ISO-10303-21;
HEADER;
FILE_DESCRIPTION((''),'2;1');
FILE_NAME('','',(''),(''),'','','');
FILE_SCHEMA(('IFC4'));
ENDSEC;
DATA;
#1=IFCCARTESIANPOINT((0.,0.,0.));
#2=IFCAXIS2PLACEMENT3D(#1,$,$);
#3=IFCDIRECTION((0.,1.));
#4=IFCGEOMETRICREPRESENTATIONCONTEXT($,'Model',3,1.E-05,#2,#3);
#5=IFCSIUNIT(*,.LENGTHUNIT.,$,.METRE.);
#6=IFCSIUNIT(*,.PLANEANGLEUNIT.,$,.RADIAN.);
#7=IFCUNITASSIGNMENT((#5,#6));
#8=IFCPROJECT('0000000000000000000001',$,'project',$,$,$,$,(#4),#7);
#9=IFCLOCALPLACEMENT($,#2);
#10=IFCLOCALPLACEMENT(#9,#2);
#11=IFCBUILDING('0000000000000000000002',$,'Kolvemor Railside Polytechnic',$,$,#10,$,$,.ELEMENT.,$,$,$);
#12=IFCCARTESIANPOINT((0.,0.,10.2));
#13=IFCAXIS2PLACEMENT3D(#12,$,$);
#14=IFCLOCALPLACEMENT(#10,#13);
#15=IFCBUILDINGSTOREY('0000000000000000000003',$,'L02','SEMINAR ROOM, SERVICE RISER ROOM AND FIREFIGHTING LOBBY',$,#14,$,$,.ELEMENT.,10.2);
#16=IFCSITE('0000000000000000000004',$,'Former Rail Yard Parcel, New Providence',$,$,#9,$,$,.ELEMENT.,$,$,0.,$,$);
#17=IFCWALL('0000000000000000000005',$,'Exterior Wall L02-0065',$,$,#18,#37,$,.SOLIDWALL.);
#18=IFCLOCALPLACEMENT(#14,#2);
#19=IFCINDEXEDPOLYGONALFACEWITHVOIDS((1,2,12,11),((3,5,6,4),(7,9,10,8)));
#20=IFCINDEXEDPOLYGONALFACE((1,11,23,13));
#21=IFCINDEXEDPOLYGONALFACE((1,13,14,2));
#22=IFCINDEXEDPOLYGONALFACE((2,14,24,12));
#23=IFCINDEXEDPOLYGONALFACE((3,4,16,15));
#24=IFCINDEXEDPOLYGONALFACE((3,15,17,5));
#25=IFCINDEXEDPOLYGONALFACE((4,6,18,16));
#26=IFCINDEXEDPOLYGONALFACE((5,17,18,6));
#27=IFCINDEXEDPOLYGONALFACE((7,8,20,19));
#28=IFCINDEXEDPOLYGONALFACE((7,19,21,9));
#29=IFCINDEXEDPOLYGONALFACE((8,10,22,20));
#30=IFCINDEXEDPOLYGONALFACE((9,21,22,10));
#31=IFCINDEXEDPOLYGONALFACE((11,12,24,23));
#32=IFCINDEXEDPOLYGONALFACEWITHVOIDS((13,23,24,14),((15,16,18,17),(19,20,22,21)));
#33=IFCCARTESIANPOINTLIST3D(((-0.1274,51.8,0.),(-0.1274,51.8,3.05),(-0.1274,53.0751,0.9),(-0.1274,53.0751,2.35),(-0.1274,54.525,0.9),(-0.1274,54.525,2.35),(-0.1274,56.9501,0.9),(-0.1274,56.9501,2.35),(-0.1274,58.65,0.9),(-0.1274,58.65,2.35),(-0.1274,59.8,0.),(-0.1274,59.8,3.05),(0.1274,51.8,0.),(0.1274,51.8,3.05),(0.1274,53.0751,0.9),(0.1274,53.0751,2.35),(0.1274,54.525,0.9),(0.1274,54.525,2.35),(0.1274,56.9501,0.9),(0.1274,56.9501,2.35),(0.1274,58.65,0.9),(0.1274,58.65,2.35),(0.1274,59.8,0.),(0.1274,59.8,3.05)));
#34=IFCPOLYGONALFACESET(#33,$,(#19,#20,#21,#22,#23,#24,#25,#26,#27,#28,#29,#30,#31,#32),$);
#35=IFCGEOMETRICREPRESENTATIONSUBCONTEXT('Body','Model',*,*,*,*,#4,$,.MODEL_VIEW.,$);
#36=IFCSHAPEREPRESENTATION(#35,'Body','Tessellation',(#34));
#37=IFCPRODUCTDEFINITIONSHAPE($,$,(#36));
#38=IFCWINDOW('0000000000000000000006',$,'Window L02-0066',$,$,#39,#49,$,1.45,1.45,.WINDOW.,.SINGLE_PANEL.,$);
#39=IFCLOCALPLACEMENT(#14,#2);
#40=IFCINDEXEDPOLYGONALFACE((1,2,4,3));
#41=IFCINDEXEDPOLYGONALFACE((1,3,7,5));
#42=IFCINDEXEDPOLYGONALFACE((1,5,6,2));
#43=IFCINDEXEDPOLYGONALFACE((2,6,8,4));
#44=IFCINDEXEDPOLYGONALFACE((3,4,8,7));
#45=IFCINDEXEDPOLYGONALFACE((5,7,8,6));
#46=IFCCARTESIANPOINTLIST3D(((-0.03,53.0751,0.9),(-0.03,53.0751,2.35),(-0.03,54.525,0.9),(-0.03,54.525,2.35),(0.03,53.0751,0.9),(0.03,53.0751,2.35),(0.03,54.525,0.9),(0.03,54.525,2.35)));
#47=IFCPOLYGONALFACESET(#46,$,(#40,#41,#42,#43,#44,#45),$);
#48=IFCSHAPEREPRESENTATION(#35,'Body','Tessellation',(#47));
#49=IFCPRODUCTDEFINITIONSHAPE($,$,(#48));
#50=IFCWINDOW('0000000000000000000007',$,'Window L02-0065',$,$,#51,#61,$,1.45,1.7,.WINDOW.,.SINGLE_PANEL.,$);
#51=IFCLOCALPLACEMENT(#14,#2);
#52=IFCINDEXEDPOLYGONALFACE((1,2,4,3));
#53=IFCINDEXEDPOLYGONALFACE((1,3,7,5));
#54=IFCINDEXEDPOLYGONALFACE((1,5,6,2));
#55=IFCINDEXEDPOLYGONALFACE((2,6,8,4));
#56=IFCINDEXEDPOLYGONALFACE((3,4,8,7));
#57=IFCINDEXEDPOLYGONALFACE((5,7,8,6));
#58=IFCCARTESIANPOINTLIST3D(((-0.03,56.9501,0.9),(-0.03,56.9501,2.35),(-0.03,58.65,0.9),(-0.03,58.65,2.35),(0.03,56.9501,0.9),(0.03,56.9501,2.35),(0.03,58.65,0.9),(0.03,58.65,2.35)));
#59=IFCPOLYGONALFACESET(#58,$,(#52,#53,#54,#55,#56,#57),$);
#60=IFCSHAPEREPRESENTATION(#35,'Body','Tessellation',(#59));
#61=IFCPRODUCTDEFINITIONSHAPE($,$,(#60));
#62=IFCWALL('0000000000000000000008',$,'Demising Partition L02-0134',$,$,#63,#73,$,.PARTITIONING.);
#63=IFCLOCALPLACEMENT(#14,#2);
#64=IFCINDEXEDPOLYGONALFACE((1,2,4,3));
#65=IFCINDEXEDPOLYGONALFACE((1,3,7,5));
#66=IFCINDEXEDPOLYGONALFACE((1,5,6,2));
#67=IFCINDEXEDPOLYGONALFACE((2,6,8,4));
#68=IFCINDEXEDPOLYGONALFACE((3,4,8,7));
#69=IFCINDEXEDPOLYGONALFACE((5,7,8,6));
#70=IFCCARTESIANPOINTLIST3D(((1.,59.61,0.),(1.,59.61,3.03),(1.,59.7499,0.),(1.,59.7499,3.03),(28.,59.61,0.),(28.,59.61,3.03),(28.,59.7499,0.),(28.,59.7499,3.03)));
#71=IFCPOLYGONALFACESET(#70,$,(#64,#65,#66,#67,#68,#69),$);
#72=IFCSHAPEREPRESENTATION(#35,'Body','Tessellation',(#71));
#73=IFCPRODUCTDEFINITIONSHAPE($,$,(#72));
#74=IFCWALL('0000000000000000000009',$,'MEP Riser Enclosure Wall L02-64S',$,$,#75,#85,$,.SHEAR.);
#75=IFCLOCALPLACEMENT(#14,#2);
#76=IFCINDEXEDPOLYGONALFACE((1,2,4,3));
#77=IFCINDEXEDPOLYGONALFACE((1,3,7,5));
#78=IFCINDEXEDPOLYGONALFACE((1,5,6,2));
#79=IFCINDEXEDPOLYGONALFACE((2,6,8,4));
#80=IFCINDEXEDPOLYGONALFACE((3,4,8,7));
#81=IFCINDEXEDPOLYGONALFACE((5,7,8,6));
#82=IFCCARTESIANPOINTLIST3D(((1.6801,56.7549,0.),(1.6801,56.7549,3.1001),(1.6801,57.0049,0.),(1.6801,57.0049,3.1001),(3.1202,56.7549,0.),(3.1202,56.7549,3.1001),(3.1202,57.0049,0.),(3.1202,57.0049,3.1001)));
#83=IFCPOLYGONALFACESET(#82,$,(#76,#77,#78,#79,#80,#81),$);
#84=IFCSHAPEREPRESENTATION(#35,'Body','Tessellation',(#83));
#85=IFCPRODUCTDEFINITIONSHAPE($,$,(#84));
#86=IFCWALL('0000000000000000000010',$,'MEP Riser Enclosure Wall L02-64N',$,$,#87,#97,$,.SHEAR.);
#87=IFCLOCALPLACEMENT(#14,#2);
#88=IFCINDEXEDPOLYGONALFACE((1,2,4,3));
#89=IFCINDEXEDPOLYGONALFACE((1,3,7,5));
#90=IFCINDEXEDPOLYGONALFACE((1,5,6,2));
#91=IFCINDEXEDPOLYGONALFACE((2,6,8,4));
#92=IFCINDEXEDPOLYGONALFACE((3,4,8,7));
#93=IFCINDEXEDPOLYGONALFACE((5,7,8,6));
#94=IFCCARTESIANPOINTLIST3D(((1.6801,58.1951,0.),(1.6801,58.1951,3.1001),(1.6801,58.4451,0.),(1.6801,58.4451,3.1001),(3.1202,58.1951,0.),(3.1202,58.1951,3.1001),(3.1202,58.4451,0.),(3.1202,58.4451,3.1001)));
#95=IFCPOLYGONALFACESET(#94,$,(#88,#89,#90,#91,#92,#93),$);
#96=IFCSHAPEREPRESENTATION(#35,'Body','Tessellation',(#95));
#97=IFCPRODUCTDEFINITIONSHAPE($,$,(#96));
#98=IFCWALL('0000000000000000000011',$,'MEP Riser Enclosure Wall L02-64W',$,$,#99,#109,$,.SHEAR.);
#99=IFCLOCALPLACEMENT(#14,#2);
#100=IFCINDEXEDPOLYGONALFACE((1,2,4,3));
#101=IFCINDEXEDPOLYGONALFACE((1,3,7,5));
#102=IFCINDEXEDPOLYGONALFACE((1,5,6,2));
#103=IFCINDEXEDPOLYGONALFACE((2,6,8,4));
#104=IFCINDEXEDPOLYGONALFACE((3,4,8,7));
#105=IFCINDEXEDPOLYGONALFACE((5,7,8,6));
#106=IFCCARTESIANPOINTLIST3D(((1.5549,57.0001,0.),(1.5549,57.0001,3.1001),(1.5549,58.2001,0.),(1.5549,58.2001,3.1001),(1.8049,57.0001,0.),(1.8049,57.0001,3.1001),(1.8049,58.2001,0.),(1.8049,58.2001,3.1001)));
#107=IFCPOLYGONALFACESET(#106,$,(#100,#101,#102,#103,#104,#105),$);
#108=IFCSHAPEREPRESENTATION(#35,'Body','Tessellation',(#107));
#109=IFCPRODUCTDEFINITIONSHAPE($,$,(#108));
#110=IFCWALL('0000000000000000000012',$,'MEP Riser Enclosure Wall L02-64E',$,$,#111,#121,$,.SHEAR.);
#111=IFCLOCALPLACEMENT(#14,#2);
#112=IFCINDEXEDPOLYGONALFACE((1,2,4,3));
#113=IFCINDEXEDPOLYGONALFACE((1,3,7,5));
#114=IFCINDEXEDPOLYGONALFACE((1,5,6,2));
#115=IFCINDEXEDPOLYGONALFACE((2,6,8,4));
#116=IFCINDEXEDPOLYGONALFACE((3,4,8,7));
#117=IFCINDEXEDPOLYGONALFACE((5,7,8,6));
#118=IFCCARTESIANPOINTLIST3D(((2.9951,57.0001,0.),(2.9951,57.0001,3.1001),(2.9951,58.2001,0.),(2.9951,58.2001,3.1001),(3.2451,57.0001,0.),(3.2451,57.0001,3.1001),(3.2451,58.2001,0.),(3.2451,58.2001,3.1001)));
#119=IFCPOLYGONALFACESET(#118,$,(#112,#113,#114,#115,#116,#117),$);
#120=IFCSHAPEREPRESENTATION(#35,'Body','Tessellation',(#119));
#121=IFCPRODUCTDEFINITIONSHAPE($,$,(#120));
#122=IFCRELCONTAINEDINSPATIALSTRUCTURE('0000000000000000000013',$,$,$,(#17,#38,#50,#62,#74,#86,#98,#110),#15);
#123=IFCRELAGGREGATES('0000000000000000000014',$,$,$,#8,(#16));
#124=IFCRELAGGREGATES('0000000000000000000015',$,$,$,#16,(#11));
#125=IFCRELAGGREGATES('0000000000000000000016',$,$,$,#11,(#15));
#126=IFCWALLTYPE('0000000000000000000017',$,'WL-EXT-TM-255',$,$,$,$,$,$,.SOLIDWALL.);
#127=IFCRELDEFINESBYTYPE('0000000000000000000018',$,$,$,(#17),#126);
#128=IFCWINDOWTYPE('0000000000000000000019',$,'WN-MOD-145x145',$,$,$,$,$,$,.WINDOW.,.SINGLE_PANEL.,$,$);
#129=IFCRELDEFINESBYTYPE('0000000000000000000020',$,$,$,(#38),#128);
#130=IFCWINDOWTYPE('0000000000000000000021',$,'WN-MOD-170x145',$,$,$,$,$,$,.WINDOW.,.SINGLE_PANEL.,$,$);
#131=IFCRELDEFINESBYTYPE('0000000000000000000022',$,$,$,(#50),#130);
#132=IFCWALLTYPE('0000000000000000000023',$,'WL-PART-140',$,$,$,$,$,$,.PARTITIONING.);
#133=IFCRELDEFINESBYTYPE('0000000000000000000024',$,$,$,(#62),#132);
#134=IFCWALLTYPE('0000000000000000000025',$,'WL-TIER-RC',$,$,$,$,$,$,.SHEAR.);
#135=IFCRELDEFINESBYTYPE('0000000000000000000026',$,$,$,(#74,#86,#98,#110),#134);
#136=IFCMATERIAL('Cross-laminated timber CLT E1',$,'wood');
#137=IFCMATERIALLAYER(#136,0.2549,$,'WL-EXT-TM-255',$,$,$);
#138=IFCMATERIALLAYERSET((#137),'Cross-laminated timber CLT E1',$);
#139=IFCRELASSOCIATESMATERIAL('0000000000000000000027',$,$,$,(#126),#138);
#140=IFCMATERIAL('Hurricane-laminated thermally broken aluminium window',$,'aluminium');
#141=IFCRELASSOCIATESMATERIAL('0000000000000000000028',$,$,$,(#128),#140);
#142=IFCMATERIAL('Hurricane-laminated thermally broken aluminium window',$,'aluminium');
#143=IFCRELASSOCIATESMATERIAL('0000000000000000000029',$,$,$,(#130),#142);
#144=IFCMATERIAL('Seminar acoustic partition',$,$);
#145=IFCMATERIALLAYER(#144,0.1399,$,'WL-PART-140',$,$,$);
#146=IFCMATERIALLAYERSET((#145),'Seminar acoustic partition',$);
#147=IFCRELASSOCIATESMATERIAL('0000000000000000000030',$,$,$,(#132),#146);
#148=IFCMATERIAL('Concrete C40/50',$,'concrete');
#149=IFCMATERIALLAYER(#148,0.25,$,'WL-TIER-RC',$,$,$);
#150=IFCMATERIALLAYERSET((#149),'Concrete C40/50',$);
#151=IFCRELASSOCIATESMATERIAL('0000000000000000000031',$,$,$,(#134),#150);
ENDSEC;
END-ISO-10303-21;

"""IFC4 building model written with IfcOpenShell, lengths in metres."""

from ifc_helpers import new_model, si_unit, direction, frame, frame_2d, origin, place, context, subcontext, project, spatial, rectangle, extrude, material, layer, layer_set, type_object, element, fill, save


model = new_model("IFC4")

# Units and contexts
model_context = context("Model", 3, precision=1e-05, world=origin(), true_north=direction((0.0, 1.0)))
body_context = subcontext(model_context, "Body", "Model", "MODEL_VIEW")
ifc_project = project(units=[si_unit("LENGTHUNIT", "METRE"), si_unit("PLANEANGLEUNIT", "RADIAN")], contexts=[model_context])

# Site, building, storey
site_placement = place(None, origin())
site = spatial("IfcSite", under=ifc_project, at=site_placement, Name="Former Rail Yard Parcel, New Providence", CompositionType="ELEMENT", RefElevation=0.0)
building_placement = place(site_placement, origin())
building = spatial("IfcBuilding", under=site, at=building_placement, Name="Kolvemor Railside Polytechnic", CompositionType="ELEMENT")
storey_placement = place(building_placement, frame((0.0, 0.0, 10.2)))
storey = spatial("IfcBuildingStorey", under=building, at=storey_placement, Name="L02", Description="SEMINAR ROOM, SERVICE RISER ROOM AND FIREFIGHTING LOBBY", CompositionType="ELEMENT", Elevation=10.2)

# Wall, openings, windows
ifc_material_1 = material(Name="Cross-laminated timber CLT E1", Category="wood")
ifc_layer_1 = layer(ifc_material_1, 0.2549, Name="WL-EXT-TM-255")
ifc_layer_set_1 = layer_set([ifc_layer_1], Name="Cross-laminated timber CLT E1")
wall_type_1 = type_object("IfcWallType", Name="WL-EXT-TM-255", PredefinedType="SOLIDWALL", material=ifc_layer_set_1)
wall_1_placement = place(storey_placement, frame((0.0, 59.8, 0.0), z_axis=(0.0, 0.0, 1.0), x_axis=(0.0, -1.0, 0.0)))
wall_1 = element("IfcWall", 1, at=wall_1_placement, inside=storey, type_object=wall_type_1, Name="Exterior Wall L02-0065", PredefinedType="SOLIDWALL", context=body_context, shape_type="SweptSolid", body=[
    extrude(rectangle(XDim=8.0, YDim=0.2549, at=frame_2d((4.0, 0.0))), origin(), (0.0, 0.0, 1.0), 3.05),
])
opening_1_placement = place(wall_1_placement, frame((1.1499, 0.0, 0.8999)))
opening_1 = element("IfcOpeningElement", 2, at=opening_1_placement, cuts=wall_1, PredefinedType="OPENING", context=body_context, shape_type="SweptSolid", body=[
    extrude(rectangle(XDim=1.7, YDim=1.45, at=frame_2d((0.8501, 0.7251))), frame((0.0, 0.1375, 0.0), z_axis=(0.0, -1.0, 0.0), x_axis=(1.0, 0.0, 0.0)), (0.0, 0.0, 1.0), 0.2749),
])
opening_2_placement = place(wall_1_placement, frame((5.2749, 0.0, 0.8999)))
opening_2 = element("IfcOpeningElement", 3, at=opening_2_placement, cuts=wall_1, PredefinedType="OPENING", context=body_context, shape_type="SweptSolid", body=[
    extrude(rectangle(XDim=1.45, YDim=1.45, at=frame_2d((0.7251, 0.7251))), frame((0.0, 0.1375, 0.0), z_axis=(0.0, -1.0, 0.0), x_axis=(1.0, 0.0, 0.0)), (0.0, 0.0, 1.0), 0.2749),
])
ifc_material_2 = material(Name="Hurricane-laminated thermally broken aluminium window", Category="aluminium")
window_type_1 = type_object("IfcWindowType", Name="WN-MOD-145x145", PartitioningType="SINGLE_PANEL", PredefinedType="WINDOW", material=ifc_material_2)
window_1_placement = place(opening_2_placement, origin())
window_1 = element("IfcWindow", 4, at=window_1_placement, inside=storey, type_object=window_type_1, Name="Window L02-0066", OverallHeight=1.45, OverallWidth=1.45, PartitioningType="SINGLE_PANEL", PredefinedType="WINDOW", context=body_context, shape_type="SweptSolid", body=[
    extrude(rectangle(XDim=1.45, YDim=1.45, at=frame_2d((0.7251, 0.7251))), frame((0.0, 0.03, 0.0), z_axis=(0.0, -1.0, 0.0), x_axis=(1.0, 0.0, 0.0)), (0.0, 0.0, 1.0), 0.0601),
])
fill(opening_2, window_1)
ifc_material_3 = material(Name="Hurricane-laminated thermally broken aluminium window", Category="aluminium")
window_type_2 = type_object("IfcWindowType", Name="WN-MOD-170x145", PartitioningType="SINGLE_PANEL", PredefinedType="WINDOW", material=ifc_material_3)
window_2_placement = place(opening_1_placement, origin())
window_2 = element("IfcWindow", 5, at=window_2_placement, inside=storey, type_object=window_type_2, Name="Window L02-0065", OverallHeight=1.45, OverallWidth=1.7, PartitioningType="SINGLE_PANEL", PredefinedType="WINDOW", context=body_context, shape_type="SweptSolid", body=[
    extrude(rectangle(XDim=1.7, YDim=1.45, at=frame_2d((0.8501, 0.7251))), frame((0.0, 0.03, 0.0), z_axis=(0.0, -1.0, 0.0), x_axis=(1.0, 0.0, 0.0)), (0.0, 0.0, 1.0), 0.0601),
])
fill(opening_1, window_2)

# Walls
ifc_material_4 = material(Name="Seminar acoustic partition")
ifc_layer_2 = layer(ifc_material_4, 0.1399, Name="WL-PART-140")
ifc_layer_set_2 = layer_set([ifc_layer_2], Name="Seminar acoustic partition")
wall_type_2 = type_object("IfcWallType", Name="WL-PART-140", PredefinedType="PARTITIONING", material=ifc_layer_set_2)
wall_2_placement = place(storey_placement, frame((1.0, 59.6799, 0.0), z_axis=(0.0, 0.0, 1.0), x_axis=(1.0, 0.0, 0.0)))
element("IfcWall", 6, at=wall_2_placement, inside=storey, type_object=wall_type_2, Name="Demising Partition L02-0134", PredefinedType="PARTITIONING", context=body_context, shape_type="SweptSolid", body=[
    extrude(rectangle(XDim=27.0, YDim=0.1399, at=frame_2d((13.5, 0.0))), origin(), (0.0, 0.0, 1.0), 3.03),
])
ifc_material_5 = material(Name="Concrete C40/50", Category="concrete")
ifc_layer_3 = layer(ifc_material_5, 0.25, Name="WL-TIER-RC")
ifc_layer_set_3 = layer_set([ifc_layer_3], Name="Concrete C40/50")
wall_type_3 = type_object("IfcWallType", Name="WL-TIER-RC", PredefinedType="SHEAR", material=ifc_layer_set_3)
for number, where, z_axis, x_axis, name in (
    (7, (1.6799, 56.8799, 0.0), (0.0, 0.0, 1.0), (1.0, 0.0, 0.0), "MEP Riser Enclosure Wall L02-64S"),
    (8, (1.6799, 58.3201, 0.0), (0.0, 0.0, 1.0), (1.0, 0.0, 0.0), "MEP Riser Enclosure Wall L02-64N"),
):
    element("IfcWall", number, at=place(storey_placement, frame(where, z_axis=z_axis, x_axis=x_axis)), inside=storey, type_object=wall_type_3, Name=name, PredefinedType="SHEAR", context=body_context, shape_type="SweptSolid", body=[
        extrude(rectangle(XDim=1.4402, YDim=0.25, at=frame_2d((0.7202, 0.0))), origin(), (0.0, 0.0, 1.0), 3.1001),
    ])
for number, where, z_axis, x_axis, name in (
    (9, (1.6799, 57.0, 0.0), (0.0, 0.0, 1.0), (0.0, 1.0, 0.0), "MEP Riser Enclosure Wall L02-64W"),
    (10, (3.1201, 57.0, 0.0), (0.0, 0.0, 1.0), (0.0, 1.0, 0.0), "MEP Riser Enclosure Wall L02-64E"),
):
    element("IfcWall", number, at=place(storey_placement, frame(where, z_axis=z_axis, x_axis=x_axis)), inside=storey, type_object=wall_type_3, Name=name, PredefinedType="SHEAR", context=body_context, shape_type="SweptSolid", body=[
        extrude(rectangle(XDim=1.2, YDim=0.25, at=frame_2d((0.6001, 0.0))), origin(), (0.0, 0.0, 1.0), 3.1001),
    ])

save(model, "model.ifc")
